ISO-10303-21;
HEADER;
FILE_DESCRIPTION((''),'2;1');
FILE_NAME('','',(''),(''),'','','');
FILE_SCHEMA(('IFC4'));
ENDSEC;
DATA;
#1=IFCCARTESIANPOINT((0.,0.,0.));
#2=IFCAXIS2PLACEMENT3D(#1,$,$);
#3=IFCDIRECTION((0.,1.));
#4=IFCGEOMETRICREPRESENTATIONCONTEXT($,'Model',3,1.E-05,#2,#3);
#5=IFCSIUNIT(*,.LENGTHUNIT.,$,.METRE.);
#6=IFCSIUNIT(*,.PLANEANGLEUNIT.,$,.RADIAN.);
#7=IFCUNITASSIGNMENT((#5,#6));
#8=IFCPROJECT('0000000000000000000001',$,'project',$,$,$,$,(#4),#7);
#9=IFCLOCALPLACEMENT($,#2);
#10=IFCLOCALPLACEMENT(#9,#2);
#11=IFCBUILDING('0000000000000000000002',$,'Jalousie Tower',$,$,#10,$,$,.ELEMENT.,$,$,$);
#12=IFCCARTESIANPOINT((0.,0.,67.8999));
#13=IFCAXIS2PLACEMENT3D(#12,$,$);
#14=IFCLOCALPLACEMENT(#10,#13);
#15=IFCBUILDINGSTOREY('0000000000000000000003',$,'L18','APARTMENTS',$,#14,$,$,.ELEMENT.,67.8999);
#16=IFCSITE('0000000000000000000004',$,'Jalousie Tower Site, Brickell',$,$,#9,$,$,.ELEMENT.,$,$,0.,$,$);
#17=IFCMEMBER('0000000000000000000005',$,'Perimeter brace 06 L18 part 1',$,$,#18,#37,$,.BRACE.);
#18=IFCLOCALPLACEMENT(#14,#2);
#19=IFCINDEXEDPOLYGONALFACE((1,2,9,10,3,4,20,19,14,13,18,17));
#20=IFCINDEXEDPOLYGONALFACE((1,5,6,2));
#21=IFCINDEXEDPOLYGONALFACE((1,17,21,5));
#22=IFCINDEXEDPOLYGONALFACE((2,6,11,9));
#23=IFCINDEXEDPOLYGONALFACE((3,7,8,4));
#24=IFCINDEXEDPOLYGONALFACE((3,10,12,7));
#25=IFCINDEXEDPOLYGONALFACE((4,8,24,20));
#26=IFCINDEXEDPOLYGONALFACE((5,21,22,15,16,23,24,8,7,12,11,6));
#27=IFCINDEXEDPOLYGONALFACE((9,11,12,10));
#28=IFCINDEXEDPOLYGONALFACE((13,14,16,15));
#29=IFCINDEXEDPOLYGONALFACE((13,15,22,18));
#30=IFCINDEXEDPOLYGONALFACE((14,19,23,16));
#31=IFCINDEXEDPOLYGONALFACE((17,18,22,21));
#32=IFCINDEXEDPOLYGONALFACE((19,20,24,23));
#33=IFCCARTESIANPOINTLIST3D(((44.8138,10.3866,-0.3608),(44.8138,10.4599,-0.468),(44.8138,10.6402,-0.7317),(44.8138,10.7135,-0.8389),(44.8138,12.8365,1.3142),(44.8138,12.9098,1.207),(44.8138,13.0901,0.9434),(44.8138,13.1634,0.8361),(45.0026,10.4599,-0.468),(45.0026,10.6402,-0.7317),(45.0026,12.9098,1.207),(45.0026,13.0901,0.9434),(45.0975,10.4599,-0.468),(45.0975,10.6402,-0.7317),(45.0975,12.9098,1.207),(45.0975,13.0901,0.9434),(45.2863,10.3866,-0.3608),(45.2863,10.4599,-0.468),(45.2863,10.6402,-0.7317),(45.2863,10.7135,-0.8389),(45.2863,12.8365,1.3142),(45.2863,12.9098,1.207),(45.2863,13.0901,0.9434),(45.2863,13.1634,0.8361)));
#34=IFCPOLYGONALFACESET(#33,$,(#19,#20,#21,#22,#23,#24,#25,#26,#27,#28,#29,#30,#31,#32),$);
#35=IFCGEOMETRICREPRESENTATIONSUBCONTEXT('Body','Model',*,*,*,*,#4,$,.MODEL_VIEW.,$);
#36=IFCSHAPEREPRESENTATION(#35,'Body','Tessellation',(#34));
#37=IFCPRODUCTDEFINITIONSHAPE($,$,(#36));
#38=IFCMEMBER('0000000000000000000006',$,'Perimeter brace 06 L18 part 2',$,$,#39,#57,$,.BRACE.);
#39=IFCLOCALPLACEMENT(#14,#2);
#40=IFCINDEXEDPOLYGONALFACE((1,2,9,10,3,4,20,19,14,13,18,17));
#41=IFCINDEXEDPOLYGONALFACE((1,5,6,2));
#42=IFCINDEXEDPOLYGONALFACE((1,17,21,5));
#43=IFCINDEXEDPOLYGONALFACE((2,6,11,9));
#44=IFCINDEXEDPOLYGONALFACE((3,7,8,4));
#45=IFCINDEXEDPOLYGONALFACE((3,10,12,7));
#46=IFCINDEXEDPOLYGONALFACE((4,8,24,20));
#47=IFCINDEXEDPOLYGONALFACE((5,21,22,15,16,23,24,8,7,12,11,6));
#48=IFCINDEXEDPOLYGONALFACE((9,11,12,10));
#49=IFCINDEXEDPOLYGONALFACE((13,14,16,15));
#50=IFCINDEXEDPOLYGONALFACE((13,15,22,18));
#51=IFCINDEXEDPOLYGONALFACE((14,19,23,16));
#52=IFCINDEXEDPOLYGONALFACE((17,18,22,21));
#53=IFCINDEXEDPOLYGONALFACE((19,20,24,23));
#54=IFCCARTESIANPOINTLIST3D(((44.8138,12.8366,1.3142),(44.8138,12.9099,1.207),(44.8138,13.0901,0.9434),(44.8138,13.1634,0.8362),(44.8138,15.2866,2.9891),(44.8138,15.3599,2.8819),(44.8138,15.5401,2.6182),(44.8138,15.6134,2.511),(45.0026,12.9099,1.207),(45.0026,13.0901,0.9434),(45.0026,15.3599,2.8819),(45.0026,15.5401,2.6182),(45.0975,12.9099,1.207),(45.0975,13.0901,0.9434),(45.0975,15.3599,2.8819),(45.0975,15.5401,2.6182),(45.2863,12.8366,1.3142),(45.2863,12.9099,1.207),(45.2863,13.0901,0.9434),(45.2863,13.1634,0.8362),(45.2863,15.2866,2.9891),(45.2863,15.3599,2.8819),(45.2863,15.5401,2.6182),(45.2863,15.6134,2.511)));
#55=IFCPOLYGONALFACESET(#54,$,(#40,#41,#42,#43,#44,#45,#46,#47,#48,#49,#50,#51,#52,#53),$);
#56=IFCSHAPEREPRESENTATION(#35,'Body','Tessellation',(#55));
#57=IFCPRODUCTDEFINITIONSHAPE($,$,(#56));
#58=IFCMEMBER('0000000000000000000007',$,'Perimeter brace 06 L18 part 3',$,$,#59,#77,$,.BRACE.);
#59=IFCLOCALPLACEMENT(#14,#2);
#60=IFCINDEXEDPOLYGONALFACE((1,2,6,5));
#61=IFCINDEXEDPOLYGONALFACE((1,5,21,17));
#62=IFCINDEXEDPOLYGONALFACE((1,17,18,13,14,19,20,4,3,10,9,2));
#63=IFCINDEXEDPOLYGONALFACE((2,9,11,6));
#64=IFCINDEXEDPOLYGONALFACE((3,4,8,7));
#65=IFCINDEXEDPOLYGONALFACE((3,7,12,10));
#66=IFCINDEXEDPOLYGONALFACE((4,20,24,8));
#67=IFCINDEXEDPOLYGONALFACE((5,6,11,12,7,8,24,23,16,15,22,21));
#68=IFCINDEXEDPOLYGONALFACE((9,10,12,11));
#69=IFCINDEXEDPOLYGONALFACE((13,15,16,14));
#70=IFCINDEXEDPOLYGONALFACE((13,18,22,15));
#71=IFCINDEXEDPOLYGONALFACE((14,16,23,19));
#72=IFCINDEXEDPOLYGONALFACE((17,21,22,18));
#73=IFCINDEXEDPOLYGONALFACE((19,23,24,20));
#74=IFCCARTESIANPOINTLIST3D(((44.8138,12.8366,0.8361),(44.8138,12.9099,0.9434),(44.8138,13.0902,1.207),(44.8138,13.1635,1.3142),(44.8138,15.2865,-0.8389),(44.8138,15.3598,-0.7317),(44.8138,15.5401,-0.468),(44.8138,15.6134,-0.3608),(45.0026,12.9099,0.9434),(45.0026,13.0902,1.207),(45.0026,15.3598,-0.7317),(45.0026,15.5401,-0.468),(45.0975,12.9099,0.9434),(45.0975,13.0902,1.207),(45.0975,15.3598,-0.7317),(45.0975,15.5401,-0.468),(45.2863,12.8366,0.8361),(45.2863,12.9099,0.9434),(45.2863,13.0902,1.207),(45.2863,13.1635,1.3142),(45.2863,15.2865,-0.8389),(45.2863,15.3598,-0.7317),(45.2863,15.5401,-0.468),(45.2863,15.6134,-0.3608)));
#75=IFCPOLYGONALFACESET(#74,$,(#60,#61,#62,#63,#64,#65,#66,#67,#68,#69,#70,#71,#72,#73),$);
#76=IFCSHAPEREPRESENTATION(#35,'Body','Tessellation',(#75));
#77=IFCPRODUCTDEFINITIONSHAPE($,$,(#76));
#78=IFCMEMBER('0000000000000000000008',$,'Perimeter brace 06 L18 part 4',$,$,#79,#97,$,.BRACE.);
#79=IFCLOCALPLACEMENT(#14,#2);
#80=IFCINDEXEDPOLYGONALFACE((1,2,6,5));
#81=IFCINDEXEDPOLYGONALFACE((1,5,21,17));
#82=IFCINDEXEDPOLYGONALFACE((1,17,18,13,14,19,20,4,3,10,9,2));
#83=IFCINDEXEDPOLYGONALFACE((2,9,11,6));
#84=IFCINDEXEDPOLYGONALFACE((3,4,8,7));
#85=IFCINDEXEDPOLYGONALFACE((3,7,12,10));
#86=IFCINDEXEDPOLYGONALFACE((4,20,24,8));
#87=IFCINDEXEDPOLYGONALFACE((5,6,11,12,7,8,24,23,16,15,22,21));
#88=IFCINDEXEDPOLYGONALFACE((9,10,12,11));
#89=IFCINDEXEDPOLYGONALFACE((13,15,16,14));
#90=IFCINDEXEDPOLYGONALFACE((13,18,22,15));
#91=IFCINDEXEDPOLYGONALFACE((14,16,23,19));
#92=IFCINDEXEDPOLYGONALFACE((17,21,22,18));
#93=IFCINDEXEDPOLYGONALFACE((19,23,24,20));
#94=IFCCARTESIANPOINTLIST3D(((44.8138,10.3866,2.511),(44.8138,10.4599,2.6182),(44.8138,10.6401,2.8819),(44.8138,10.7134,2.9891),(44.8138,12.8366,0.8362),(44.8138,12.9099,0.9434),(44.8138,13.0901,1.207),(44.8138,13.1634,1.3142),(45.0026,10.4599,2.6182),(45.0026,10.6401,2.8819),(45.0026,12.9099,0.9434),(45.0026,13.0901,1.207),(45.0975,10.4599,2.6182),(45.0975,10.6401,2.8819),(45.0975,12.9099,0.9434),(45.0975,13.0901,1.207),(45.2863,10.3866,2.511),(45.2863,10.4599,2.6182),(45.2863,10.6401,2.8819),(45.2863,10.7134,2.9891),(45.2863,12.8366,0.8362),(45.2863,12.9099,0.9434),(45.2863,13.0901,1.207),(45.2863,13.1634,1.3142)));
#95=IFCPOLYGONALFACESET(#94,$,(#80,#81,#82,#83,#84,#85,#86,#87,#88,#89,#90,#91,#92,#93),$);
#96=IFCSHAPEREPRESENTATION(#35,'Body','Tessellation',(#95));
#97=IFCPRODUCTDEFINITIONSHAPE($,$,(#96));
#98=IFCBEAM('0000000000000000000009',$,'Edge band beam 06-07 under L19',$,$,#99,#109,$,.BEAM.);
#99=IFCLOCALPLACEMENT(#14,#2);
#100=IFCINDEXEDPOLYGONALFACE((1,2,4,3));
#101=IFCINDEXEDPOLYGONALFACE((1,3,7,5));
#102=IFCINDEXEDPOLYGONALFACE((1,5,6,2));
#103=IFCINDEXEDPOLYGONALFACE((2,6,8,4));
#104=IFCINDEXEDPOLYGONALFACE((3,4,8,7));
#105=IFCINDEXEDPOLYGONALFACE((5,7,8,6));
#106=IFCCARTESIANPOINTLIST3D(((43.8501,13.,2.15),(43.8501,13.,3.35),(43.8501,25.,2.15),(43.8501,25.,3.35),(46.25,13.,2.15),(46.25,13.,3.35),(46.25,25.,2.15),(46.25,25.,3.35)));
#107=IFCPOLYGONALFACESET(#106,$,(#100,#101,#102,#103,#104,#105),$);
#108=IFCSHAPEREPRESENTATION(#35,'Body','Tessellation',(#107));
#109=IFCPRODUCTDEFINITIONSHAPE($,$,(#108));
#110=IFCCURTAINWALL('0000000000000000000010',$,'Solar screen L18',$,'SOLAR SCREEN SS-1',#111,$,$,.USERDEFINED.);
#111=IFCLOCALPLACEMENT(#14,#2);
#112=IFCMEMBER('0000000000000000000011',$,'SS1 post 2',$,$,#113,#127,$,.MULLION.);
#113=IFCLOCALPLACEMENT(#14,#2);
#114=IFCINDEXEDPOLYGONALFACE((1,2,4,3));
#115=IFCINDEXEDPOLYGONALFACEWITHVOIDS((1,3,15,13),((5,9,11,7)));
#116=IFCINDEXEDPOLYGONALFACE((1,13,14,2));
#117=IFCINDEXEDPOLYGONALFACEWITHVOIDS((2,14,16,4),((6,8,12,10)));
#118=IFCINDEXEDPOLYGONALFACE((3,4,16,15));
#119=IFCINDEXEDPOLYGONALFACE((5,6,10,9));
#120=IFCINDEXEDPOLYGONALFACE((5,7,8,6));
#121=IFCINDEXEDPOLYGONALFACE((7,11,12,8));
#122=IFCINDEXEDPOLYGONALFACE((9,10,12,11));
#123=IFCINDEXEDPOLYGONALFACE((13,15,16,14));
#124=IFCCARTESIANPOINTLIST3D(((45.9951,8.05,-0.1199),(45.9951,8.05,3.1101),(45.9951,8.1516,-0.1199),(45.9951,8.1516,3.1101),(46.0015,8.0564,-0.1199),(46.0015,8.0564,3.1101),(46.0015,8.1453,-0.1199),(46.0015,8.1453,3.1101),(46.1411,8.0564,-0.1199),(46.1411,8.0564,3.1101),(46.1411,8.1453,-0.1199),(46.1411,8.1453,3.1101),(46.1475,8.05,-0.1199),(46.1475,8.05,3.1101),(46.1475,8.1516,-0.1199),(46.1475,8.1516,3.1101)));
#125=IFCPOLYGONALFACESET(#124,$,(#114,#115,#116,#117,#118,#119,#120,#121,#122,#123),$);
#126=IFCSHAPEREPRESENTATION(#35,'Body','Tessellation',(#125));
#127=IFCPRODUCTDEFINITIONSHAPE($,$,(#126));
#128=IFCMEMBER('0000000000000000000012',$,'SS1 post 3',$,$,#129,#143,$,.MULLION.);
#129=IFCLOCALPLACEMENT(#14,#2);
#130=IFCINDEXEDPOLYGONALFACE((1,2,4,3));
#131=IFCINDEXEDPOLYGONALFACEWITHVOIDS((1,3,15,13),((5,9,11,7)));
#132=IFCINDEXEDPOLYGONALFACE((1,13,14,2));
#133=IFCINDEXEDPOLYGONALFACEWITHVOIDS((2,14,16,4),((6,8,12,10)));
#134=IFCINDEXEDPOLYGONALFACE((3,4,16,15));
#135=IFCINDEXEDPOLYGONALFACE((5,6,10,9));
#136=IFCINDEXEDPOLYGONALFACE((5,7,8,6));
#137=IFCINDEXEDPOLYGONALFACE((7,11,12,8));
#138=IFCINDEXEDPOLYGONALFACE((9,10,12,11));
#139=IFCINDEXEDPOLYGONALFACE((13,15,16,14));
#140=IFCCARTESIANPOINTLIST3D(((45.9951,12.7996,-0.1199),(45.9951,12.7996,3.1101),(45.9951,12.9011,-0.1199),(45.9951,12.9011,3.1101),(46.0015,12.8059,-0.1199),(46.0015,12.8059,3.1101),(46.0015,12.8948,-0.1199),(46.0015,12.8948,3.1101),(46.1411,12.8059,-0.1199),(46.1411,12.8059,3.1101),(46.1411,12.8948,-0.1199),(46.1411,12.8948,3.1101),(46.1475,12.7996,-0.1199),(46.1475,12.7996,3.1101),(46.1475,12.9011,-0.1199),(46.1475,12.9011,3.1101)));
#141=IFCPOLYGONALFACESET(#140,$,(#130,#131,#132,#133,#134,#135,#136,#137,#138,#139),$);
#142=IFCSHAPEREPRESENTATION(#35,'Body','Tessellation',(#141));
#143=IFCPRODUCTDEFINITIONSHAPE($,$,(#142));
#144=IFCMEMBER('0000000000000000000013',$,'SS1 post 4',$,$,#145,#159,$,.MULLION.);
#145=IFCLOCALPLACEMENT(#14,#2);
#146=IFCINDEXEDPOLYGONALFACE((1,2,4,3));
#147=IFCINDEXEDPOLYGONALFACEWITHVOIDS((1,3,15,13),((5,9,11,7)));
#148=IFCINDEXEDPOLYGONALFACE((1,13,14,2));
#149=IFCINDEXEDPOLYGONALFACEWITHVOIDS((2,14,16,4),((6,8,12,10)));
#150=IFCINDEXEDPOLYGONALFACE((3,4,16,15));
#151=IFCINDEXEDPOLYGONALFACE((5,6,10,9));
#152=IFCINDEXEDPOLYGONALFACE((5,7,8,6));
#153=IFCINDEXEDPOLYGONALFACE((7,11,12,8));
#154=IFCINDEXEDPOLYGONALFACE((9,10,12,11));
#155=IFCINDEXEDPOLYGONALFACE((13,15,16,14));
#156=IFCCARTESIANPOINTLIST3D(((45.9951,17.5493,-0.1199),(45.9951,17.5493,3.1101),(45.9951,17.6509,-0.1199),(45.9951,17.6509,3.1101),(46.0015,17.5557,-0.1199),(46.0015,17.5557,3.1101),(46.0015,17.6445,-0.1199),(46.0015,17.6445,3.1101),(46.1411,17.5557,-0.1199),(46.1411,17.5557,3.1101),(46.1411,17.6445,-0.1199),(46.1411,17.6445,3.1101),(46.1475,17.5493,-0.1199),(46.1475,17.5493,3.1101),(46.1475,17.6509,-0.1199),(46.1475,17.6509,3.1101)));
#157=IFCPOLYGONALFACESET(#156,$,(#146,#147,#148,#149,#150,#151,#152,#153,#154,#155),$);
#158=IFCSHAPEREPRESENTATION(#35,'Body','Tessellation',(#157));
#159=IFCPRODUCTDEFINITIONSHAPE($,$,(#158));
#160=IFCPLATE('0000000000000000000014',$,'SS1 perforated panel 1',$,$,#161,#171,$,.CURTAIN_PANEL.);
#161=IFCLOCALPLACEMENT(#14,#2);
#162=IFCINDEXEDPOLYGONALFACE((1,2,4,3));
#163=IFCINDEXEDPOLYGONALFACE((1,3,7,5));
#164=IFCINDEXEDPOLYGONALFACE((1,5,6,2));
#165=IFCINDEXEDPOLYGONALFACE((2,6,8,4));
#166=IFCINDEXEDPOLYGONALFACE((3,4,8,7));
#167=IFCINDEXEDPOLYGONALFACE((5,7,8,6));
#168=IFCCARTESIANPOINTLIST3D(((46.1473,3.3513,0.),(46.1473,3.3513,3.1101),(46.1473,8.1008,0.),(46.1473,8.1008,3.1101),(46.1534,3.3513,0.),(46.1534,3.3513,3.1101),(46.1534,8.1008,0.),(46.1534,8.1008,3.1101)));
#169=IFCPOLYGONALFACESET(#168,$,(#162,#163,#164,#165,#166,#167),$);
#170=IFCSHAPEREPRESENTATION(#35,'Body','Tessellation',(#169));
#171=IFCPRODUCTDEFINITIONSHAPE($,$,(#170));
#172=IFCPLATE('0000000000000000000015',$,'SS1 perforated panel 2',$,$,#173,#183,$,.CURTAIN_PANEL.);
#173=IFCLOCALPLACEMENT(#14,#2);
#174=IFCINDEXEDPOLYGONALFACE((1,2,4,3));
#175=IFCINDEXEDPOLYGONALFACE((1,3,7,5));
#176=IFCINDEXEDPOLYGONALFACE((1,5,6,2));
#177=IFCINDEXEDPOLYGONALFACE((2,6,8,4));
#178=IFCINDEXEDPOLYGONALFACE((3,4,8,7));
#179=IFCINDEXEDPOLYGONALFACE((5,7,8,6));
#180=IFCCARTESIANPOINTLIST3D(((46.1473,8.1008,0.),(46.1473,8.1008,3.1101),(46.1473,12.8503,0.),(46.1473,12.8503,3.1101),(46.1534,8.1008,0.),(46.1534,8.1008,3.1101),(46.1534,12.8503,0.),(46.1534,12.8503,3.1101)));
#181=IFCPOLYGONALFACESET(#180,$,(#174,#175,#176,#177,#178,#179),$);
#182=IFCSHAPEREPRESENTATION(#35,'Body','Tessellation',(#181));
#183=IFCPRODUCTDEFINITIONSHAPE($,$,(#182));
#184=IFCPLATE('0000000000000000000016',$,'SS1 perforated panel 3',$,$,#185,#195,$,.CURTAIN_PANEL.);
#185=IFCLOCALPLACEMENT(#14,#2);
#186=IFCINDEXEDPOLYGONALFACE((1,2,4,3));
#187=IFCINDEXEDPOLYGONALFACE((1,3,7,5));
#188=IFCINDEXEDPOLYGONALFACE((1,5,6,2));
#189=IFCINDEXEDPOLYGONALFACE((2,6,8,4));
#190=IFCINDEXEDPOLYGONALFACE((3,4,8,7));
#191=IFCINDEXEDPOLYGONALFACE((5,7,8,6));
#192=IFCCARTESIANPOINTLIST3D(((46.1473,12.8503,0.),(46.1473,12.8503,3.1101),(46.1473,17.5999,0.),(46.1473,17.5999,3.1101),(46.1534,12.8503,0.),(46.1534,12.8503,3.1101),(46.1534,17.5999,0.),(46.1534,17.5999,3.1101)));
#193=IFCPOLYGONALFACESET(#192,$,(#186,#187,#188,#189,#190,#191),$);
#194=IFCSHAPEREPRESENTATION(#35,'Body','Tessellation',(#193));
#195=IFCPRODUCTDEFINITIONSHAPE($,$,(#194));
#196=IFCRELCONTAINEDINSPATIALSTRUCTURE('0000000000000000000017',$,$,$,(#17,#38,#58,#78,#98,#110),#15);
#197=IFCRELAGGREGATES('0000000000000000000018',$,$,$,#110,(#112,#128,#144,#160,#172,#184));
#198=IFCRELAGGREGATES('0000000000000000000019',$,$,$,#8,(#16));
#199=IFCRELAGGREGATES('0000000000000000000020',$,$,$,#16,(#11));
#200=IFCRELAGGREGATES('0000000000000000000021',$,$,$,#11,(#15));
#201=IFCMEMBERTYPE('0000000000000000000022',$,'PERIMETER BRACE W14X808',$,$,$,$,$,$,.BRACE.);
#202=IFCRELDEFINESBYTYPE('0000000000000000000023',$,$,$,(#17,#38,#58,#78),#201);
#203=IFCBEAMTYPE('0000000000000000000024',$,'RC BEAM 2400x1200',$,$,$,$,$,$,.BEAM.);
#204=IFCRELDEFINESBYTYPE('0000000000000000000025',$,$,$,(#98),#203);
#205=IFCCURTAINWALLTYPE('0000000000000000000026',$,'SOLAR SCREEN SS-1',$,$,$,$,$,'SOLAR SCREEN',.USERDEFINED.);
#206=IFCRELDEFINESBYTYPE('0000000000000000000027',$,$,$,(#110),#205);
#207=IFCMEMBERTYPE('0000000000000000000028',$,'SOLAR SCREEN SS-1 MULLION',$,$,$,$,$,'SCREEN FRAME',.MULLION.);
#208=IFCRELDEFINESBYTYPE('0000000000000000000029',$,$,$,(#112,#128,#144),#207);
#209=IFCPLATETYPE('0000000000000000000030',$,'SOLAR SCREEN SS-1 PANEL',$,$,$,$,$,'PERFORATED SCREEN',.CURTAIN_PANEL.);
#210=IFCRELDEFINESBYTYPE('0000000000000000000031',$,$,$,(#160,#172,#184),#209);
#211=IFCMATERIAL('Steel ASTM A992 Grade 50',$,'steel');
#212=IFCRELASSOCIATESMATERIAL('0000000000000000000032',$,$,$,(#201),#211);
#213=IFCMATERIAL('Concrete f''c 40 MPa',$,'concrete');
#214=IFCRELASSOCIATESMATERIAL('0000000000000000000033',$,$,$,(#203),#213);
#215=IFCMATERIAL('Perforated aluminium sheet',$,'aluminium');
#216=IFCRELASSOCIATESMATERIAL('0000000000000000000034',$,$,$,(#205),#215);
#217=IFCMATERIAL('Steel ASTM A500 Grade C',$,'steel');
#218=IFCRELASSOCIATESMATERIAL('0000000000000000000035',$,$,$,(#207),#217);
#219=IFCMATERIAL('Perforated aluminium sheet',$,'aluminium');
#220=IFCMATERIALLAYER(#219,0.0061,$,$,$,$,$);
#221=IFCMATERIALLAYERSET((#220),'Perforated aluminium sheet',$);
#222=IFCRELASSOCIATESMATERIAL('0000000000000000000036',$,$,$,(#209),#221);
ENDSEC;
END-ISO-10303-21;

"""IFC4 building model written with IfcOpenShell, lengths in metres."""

from ifc_helpers import new_model, si_unit, direction, frame, origin, origin_2d, place, context, subcontext, project, spatial, rectangle, hollow_rectangle, i_section, extrude, material, layer, layer_set, material_profile, profile_set, type_object, element, aggregate, save


model = new_model("IFC4")

# Units and contexts
model_context = context("Model", 3, precision=1e-05, world=origin(), true_north=direction((0.0, 1.0)))
body_context = subcontext(model_context, "Body", "Model", "MODEL_VIEW")
ifc_project = project(units=[si_unit("LENGTHUNIT", "METRE"), si_unit("PLANEANGLEUNIT", "RADIAN")], contexts=[model_context])

# Site, building, storey
site_placement = place(None, origin())
site = spatial("IfcSite", under=ifc_project, at=site_placement, Name="Jalousie Tower Site, Brickell", CompositionType="ELEMENT", RefElevation=0.0)
building_placement = place(site_placement, origin())
building = spatial("IfcBuilding", under=site, at=building_placement, Name="Jalousie Tower", CompositionType="ELEMENT")
storey_placement = place(building_placement, frame((0.0, 0.0, 67.8999)))
storey = spatial("IfcBuildingStorey", under=building, at=storey_placement, Name="L18", Description="APARTMENTS", CompositionType="ELEMENT", Elevation=67.8999)

# Members
ifc_material_1 = material(Name="Steel ASTM A992 Grade 50", Category="steel")
ifc_material_profile_1 = material_profile(ifc_material_1, i_section(OverallWidth=0.4724, OverallDepth=0.5791, WebThickness=0.095, FlangeThickness=0.1299, at=origin_2d()), Name="W14X808")
ifc_profile_set_1 = profile_set([ifc_material_profile_1], Name="Steel ASTM A992 Grade 50")
member_type_1 = type_object("IfcMemberType", Name="PERIMETER BRACE W14X808", PredefinedType="BRACE", material=ifc_profile_set_1)
for number, where, z_axis, x_axis, name in (
    (1, (45.05, 10.55, -0.5999), (0.0, 0.825501, 0.564401), (-1.0, 0.0, 0.0), "Perimeter brace 06 L18 part 1"),
    (2, (45.05, 13.0, 1.0752), (0.0, 0.825539, 0.564345), (-1.0, 0.0, 0.0), "Perimeter brace 06 L18 part 2"),
    (3, (45.05, 15.45, -0.5999), (0.0, -0.825501, 0.564401), (1.0, 0.0, 0.0), "Perimeter brace 06 L18 part 3"),
    (4, (45.05, 13.0, 1.0752), (0.0, -0.825539, 0.564345), (1.0, 0.0, 0.0), "Perimeter brace 06 L18 part 4"),
):
    element("IfcMember", number, at=place(storey_placement, frame(where, z_axis=z_axis, x_axis=x_axis)), inside=storey, type_object=member_type_1, Name=name, PredefinedType="BRACE", context=body_context, shape_type="SweptSolid", body=[
        extrude(i_section(OverallWidth=0.4724, OverallDepth=0.5791, WebThickness=0.095, FlangeThickness=0.1299, at=origin_2d()), origin(), (0.0, 0.0, 1.0), 2.9678),
    ])

# Beam
ifc_material_2 = material(Name="Concrete f'c 40 MPa", Category="concrete")
ifc_material_profile_2 = material_profile(ifc_material_2, rectangle(XDim=2.3999, YDim=1.2, at=origin_2d()), Name="RC 2400x1200")
ifc_profile_set_2 = profile_set([ifc_material_profile_2], Name="Concrete f'c 40 MPa")
beam_type = type_object("IfcBeamType", Name="RC BEAM 2400x1200", PredefinedType="BEAM", material=ifc_profile_set_2)
beam_placement = place(storey_placement, frame((45.05, 13.0, 2.75), z_axis=(0.0, 1.0, 0.0), x_axis=(-1.0, 0.0, 0.0)))
element("IfcBeam", 5, at=beam_placement, inside=storey, type_object=beam_type, Name="Edge band beam 06-07 under L19", PredefinedType="BEAM", context=body_context, shape_type="SweptSolid", body=[
    extrude(rectangle(XDim=2.3999, YDim=1.2, at=origin_2d()), origin(), (0.0, 0.0, 1.0), 12.0),
])

# Curtain wall, members, plates
ifc_material_3 = material(Name="Perforated aluminium sheet", Category="aluminium")
curtain_wall_type = type_object("IfcCurtainWallType", Name="SOLAR SCREEN SS-1", ElementType="SOLAR SCREEN", PredefinedType="USERDEFINED", material=ifc_material_3)
curtain_wall_placement = place(storey_placement, origin())
curtain_wall = element("IfcCurtainWall", 6, at=curtain_wall_placement, inside=storey, type_object=curtain_wall_type, Name="Solar screen L18", ObjectType="SOLAR SCREEN SS-1", PredefinedType="USERDEFINED")
ifc_material_4 = material(Name="Steel ASTM A500 Grade C", Category="steel")
ifc_material_profile_3 = material_profile(ifc_material_4, hollow_rectangle(XDim=0.1016, YDim=0.1523, WallThickness=0.0063, at=origin_2d()), Name="HSS6X4X1/4")
ifc_profile_set_3 = profile_set([ifc_material_profile_3], Name="Steel ASTM A500 Grade C")
member_type_2 = type_object("IfcMemberType", Name="SOLAR SCREEN SS-1 MULLION", ElementType="SCREEN FRAME", PredefinedType="MULLION", material=ifc_profile_set_3)
member_1_placement = place(storey_placement, frame((46.0713, 8.1008, -0.1199), z_axis=(0.0, 0.0, 1.0), x_axis=(0.0, 1.0, 0.0)))
member_1 = element("IfcMember", 7, at=member_1_placement, type_object=member_type_2, Name="SS1 post 2", PredefinedType="MULLION", context=body_context, shape_type="SweptSolid", body=[
    extrude(hollow_rectangle(XDim=0.1016, YDim=0.1523, WallThickness=0.0063, at=origin_2d()), origin(), (0.0, 0.0, 1.0), 3.23),
])
member_2_placement = place(storey_placement, frame((46.0713, 12.8503, -0.1199), z_axis=(0.0, 0.0, 1.0), x_axis=(0.0, 1.0, 0.0)))
member_2 = element("IfcMember", 8, at=member_2_placement, type_object=member_type_2, Name="SS1 post 3", PredefinedType="MULLION", context=body_context, shape_type="SweptSolid", body=[
    extrude(hollow_rectangle(XDim=0.1016, YDim=0.1523, WallThickness=0.0063, at=origin_2d()), origin(), (0.0, 0.0, 1.0), 3.23),
])
member_3_placement = place(storey_placement, frame((46.0713, 17.6001, -0.1199), z_axis=(0.0, 0.0, 1.0), x_axis=(0.0, 1.0, 0.0)))
member_3 = element("IfcMember", 9, at=member_3_placement, type_object=member_type_2, Name="SS1 post 4", PredefinedType="MULLION", context=body_context, shape_type="SweptSolid", body=[
    extrude(hollow_rectangle(XDim=0.1016, YDim=0.1523, WallThickness=0.0063, at=origin_2d()), origin(), (0.0, 0.0, 1.0), 3.23),
])
ifc_material_5 = material(Name="Perforated aluminium sheet", Category="aluminium")
ifc_layer_1 = layer(ifc_material_5, 0.0061)
ifc_layer_set_1 = layer_set([ifc_layer_1], Name="Perforated aluminium sheet")
plate_type = type_object("IfcPlateType", Name="SOLAR SCREEN SS-1 PANEL", ElementType="PERFORATED SCREEN", PredefinedType="CURTAIN_PANEL", material=ifc_layer_set_1)
plate_1_placement = place(storey_placement, frame((46.1504, 5.7261, 0.0), z_axis=(0.0, 0.0, 1.0), x_axis=(0.0, 1.0, 0.0)))
plate_1 = element("IfcPlate", 10, at=plate_1_placement, type_object=plate_type, Name="SS1 perforated panel 1", PredefinedType="CURTAIN_PANEL", context=body_context, shape_type="SweptSolid", body=[
    extrude(rectangle(XDim=4.7495, YDim=0.0061, at=origin_2d()), origin(), (0.0, 0.0, 1.0), 3.1101),
])
plate_2_placement = place(storey_placement, frame((46.1504, 10.4756, 0.0), z_axis=(0.0, 0.0, 1.0), x_axis=(0.0, 1.0, 0.0)))
plate_2 = element("IfcPlate", 11, at=plate_2_placement, type_object=plate_type, Name="SS1 perforated panel 2", PredefinedType="CURTAIN_PANEL", context=body_context, shape_type="SweptSolid", body=[
    extrude(rectangle(XDim=4.7495, YDim=0.0061, at=origin_2d()), origin(), (0.0, 0.0, 1.0), 3.1101),
])
plate_3_placement = place(storey_placement, frame((46.1504, 15.2251, 0.0), z_axis=(0.0, 0.0, 1.0), x_axis=(0.0, 1.0, 0.0)))
plate_3 = element("IfcPlate", 12, at=plate_3_placement, type_object=plate_type, Name="SS1 perforated panel 3", PredefinedType="CURTAIN_PANEL", context=body_context, shape_type="SweptSolid", body=[
    extrude(rectangle(XDim=4.7495, YDim=0.0061, at=origin_2d()), origin(), (0.0, 0.0, 1.0), 3.1101),
])
aggregate(curtain_wall, [member_1, member_2, member_3, plate_1, plate_2, plate_3])

save(model, "model.ifc")
